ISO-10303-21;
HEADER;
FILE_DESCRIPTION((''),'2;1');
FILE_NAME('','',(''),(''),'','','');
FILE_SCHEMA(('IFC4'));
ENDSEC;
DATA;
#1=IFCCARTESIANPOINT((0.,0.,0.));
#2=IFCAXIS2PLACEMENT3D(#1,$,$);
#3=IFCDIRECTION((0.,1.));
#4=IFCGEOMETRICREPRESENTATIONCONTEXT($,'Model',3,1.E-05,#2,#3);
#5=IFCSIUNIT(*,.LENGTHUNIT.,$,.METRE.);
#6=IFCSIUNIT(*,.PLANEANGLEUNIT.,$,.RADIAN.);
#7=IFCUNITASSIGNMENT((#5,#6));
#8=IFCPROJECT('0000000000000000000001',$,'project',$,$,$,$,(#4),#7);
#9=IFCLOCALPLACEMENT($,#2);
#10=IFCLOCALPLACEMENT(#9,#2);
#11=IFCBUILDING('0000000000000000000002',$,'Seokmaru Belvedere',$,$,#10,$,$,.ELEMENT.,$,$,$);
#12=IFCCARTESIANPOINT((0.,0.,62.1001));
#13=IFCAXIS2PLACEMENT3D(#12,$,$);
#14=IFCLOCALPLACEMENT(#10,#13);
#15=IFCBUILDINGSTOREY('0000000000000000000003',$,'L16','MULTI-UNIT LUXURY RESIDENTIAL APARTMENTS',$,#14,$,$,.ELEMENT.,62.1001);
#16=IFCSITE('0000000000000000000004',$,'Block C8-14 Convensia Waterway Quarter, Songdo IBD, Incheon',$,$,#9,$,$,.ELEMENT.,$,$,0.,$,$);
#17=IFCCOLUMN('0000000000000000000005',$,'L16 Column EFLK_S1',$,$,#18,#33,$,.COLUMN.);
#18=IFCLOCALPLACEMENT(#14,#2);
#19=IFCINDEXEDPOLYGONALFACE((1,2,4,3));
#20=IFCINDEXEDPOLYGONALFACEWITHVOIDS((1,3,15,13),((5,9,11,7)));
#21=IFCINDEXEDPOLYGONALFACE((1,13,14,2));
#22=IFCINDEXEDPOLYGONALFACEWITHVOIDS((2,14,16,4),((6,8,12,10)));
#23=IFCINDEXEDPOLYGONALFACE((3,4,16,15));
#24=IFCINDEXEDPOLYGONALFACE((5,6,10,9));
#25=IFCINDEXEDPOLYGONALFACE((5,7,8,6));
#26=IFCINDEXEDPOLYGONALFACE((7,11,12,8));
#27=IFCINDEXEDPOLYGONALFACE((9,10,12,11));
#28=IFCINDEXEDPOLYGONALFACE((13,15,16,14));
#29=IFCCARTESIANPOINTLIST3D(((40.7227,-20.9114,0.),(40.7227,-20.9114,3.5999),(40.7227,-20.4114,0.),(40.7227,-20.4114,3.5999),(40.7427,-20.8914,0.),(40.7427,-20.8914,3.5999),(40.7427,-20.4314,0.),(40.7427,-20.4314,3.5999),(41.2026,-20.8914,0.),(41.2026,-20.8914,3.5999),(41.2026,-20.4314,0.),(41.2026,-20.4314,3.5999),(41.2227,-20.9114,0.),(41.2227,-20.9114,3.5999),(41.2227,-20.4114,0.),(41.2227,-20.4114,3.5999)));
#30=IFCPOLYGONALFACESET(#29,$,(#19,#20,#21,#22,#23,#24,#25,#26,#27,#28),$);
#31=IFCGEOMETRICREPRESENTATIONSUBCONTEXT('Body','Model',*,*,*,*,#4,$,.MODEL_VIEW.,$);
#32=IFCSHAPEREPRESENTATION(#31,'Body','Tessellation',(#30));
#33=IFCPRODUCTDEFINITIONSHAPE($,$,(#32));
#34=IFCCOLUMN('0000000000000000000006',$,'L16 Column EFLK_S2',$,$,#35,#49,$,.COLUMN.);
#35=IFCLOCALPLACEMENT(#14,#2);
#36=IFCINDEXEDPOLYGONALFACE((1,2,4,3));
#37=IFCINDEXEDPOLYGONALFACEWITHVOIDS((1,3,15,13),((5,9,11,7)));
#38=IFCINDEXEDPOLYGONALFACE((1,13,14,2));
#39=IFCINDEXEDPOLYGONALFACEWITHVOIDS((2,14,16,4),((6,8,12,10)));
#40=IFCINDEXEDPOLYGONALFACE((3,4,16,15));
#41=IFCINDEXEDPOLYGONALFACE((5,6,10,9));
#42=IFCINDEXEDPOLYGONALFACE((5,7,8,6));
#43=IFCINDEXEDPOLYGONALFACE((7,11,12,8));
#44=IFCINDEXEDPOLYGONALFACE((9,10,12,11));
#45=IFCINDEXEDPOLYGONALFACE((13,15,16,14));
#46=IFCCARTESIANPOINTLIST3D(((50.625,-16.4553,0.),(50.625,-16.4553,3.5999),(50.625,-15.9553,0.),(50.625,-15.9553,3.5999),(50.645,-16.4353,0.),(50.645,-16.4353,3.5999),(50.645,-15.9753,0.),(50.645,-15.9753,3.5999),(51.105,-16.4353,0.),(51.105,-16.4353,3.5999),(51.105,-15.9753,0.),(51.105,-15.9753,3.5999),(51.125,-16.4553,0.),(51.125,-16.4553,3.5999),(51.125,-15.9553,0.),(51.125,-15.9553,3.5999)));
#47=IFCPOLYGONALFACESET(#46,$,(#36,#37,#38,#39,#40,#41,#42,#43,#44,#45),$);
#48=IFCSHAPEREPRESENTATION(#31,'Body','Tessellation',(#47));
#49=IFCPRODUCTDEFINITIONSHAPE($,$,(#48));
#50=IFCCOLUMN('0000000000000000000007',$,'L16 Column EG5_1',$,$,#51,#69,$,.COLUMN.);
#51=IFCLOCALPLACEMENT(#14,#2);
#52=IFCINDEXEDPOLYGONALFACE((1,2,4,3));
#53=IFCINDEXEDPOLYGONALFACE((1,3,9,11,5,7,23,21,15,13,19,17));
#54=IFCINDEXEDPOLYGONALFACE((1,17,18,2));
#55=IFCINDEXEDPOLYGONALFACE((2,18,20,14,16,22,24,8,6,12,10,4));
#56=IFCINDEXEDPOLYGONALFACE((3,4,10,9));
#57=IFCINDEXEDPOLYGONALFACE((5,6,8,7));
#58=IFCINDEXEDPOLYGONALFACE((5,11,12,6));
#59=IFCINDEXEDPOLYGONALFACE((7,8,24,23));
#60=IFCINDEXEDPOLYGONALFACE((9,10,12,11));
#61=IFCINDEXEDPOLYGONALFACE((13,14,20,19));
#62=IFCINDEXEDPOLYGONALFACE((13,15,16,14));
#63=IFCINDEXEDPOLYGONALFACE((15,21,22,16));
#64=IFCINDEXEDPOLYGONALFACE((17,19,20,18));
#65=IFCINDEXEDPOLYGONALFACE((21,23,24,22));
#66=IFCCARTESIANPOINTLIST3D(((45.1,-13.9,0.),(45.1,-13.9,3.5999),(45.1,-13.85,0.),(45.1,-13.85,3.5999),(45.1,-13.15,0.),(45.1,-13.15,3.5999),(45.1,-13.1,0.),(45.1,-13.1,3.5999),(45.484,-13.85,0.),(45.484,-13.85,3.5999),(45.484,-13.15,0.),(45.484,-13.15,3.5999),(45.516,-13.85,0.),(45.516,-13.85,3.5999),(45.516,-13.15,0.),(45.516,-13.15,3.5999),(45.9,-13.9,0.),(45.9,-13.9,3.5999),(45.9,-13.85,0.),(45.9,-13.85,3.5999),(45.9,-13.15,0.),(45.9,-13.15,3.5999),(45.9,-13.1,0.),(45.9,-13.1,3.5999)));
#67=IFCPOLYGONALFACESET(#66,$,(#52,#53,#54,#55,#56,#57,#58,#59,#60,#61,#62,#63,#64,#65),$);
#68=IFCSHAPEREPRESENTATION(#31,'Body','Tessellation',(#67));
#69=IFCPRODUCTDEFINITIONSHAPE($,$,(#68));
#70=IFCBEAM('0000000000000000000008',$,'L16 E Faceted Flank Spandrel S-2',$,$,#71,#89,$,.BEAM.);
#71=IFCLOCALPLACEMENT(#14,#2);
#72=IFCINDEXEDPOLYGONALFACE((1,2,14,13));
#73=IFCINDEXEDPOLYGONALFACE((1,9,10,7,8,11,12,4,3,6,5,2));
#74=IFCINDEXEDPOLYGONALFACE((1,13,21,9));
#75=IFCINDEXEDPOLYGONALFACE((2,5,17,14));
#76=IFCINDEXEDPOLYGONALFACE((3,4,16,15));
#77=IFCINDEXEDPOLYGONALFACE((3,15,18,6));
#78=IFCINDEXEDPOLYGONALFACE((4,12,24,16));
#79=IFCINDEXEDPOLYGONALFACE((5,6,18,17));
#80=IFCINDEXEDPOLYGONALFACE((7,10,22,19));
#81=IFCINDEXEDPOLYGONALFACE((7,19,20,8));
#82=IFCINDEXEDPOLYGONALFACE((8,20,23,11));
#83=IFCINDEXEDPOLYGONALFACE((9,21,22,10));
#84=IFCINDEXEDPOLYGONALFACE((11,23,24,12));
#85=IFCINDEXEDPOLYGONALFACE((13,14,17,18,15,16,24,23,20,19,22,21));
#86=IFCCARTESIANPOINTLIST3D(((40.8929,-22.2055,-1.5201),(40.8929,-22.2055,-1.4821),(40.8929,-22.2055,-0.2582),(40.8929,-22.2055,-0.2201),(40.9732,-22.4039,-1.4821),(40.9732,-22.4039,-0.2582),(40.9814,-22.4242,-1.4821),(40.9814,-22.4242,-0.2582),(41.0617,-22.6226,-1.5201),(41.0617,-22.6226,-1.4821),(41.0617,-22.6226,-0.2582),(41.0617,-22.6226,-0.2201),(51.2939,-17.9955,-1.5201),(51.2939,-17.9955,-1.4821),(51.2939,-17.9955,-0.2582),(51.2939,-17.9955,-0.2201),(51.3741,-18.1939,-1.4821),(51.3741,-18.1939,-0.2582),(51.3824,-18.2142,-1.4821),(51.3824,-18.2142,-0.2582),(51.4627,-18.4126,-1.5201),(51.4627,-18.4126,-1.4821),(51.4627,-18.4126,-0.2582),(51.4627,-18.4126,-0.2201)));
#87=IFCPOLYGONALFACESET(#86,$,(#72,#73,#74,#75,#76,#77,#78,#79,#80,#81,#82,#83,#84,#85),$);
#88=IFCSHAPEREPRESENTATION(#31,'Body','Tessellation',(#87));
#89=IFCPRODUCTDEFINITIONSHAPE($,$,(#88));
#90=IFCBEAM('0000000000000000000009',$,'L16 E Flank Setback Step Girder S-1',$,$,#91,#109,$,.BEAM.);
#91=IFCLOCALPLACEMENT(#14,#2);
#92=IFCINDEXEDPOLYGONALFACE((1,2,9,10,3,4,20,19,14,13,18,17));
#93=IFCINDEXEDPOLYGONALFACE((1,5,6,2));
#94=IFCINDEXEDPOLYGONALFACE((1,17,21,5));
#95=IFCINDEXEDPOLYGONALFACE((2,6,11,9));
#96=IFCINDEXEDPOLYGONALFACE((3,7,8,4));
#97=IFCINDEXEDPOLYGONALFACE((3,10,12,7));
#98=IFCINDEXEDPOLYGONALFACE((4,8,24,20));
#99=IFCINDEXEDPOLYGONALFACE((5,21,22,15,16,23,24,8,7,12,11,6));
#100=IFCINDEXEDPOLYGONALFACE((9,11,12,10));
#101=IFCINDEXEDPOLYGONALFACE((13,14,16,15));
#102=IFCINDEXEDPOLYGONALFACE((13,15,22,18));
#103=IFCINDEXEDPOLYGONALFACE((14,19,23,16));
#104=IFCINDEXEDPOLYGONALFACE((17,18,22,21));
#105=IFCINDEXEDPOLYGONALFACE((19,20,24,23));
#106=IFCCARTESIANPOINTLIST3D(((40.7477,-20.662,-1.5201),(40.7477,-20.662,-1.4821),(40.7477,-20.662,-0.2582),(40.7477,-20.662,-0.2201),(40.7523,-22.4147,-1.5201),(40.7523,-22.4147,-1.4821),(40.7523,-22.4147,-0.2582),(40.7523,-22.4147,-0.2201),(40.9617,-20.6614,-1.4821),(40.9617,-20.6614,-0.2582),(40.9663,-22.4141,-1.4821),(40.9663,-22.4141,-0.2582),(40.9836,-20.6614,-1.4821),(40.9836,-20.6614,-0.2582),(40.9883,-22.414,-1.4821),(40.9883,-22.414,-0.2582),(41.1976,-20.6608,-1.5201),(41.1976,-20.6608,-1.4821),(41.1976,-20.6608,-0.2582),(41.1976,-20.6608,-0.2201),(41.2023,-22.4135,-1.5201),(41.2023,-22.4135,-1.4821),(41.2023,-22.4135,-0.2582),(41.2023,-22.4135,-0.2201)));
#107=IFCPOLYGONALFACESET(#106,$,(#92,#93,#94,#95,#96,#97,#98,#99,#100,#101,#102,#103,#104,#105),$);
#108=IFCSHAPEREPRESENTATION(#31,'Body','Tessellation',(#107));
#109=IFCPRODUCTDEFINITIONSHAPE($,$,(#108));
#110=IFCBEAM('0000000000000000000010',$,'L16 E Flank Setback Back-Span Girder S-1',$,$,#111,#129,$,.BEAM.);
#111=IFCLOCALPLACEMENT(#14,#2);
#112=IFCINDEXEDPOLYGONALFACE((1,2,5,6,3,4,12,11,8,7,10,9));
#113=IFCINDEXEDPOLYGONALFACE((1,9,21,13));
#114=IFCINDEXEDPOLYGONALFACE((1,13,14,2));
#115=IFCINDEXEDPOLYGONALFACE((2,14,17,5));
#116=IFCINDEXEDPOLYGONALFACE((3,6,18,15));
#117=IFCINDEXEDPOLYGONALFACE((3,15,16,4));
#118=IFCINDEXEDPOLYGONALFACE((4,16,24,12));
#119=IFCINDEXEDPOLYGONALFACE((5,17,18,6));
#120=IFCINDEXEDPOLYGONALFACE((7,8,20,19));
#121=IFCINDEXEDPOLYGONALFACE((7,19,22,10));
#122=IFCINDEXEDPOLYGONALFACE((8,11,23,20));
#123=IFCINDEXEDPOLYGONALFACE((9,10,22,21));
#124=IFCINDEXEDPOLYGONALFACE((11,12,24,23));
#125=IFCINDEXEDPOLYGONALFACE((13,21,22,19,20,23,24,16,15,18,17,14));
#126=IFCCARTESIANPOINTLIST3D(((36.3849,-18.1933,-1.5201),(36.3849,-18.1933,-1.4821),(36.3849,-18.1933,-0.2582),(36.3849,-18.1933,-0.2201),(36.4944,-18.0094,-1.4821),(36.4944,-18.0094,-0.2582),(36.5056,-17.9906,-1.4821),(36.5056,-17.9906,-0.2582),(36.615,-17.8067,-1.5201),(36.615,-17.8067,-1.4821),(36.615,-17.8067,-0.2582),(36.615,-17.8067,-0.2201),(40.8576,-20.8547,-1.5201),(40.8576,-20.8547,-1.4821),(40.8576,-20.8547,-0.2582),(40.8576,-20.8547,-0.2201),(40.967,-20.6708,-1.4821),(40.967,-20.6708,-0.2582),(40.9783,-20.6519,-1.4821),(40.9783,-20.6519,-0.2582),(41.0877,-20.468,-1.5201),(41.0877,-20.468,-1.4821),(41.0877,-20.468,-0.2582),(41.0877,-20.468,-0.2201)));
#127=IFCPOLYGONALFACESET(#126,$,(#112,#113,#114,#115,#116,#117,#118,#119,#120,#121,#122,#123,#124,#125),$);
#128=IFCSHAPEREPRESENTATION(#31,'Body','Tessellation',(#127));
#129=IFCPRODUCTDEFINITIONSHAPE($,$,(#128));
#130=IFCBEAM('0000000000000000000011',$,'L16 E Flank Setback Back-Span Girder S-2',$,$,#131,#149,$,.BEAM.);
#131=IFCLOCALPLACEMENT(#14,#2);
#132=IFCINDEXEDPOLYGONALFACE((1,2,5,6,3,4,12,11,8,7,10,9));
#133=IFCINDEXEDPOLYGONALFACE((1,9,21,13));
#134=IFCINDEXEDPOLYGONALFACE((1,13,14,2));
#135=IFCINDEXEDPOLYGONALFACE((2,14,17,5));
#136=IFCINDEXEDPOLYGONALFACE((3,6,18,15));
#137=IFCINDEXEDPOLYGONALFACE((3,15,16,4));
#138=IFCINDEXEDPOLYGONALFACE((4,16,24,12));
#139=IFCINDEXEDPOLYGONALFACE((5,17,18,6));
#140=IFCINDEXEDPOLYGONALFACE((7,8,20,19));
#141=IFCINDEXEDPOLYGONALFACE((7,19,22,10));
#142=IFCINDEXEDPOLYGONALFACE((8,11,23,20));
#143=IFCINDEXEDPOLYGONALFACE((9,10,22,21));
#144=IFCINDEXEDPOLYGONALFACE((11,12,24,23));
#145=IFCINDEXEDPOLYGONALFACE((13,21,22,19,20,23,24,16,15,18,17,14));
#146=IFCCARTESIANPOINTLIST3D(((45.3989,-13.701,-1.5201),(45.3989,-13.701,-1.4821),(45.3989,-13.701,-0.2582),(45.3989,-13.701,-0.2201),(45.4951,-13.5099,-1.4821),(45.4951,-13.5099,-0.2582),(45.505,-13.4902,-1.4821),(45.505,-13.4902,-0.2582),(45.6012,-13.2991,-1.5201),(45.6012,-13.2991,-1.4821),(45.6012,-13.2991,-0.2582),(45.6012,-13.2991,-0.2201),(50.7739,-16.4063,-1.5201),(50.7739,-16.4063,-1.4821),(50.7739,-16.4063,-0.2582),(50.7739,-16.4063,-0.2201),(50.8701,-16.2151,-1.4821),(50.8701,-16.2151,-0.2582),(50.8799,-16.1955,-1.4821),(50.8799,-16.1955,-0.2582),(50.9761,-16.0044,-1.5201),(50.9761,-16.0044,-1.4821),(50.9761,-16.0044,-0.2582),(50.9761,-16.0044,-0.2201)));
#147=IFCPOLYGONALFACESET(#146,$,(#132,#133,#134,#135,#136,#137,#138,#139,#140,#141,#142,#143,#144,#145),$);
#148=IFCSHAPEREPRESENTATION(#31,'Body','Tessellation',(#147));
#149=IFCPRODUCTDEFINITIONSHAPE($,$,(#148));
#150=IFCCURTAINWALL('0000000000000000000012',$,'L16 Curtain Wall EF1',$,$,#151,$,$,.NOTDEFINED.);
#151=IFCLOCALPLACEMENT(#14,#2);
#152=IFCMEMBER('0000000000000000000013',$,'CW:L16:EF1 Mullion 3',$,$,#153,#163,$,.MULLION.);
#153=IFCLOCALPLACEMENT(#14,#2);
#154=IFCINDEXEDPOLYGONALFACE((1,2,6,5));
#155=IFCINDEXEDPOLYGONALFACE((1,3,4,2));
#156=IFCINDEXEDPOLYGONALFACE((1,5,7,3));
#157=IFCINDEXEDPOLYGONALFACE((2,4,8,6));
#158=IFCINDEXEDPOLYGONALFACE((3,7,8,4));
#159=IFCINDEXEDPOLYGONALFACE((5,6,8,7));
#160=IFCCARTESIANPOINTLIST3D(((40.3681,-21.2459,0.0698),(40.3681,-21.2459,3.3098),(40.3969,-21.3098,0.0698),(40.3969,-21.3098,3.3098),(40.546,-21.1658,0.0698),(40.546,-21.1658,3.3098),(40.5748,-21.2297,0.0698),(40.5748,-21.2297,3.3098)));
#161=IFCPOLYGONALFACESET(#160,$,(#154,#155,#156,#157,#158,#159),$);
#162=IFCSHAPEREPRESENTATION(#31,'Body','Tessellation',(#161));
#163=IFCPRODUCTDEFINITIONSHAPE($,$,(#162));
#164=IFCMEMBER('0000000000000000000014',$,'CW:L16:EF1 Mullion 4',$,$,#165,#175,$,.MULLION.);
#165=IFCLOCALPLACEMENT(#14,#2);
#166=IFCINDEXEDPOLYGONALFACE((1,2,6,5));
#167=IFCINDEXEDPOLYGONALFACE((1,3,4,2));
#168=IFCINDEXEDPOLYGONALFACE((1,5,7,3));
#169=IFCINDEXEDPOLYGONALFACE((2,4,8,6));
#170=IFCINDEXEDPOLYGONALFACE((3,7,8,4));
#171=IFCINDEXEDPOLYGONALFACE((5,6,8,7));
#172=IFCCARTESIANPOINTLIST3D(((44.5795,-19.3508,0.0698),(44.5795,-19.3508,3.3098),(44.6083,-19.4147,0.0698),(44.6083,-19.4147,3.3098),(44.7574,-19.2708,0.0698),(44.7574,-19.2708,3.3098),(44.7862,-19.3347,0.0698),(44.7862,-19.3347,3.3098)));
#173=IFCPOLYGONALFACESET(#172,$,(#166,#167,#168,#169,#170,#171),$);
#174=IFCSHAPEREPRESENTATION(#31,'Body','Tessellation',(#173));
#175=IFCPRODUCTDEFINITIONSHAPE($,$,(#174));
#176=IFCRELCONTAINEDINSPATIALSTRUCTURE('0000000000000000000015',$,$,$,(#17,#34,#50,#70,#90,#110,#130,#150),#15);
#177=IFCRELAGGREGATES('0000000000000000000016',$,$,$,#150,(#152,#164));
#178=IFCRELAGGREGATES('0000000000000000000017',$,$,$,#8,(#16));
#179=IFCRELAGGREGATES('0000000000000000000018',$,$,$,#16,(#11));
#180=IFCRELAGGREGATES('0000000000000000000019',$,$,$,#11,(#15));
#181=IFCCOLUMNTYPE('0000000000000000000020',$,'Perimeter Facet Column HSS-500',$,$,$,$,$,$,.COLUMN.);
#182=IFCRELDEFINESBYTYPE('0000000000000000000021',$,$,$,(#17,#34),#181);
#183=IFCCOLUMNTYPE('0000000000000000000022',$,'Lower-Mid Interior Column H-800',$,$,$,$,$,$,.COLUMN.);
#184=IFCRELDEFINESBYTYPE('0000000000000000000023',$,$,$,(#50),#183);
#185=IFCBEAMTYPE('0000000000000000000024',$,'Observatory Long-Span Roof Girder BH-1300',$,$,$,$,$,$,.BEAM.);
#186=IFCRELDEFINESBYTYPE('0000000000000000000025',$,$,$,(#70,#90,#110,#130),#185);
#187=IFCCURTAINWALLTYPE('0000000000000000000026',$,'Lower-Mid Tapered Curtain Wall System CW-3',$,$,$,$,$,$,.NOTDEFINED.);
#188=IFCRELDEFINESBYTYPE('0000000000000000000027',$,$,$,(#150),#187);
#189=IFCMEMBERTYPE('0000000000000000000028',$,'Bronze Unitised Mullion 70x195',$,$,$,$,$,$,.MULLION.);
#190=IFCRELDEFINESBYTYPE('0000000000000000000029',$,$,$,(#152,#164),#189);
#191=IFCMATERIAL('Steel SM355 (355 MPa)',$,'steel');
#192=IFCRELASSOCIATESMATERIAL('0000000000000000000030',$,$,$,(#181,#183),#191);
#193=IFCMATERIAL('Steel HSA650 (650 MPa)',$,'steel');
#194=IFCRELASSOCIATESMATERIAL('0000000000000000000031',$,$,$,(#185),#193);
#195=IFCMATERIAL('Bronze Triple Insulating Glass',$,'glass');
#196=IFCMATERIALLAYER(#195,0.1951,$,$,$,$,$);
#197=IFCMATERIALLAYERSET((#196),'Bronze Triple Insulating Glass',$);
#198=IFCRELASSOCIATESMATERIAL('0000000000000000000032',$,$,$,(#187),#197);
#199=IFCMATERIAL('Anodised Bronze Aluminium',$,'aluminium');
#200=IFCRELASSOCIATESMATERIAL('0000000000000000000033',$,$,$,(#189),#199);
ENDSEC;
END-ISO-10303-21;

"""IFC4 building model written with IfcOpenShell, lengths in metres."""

from ifc_helpers import new_model, si_unit, direction, frame, origin, origin_2d, place, context, subcontext, project, spatial, rectangle, hollow_rectangle, i_section, extrude, source, transform, mapped, material, layer, layer_set, material_profile, profile_set, type_object, type_shapes, element, aggregate, save


model = new_model("IFC4")

# Units and contexts
model_context = context("Model", 3, precision=1e-05, world=origin(), true_north=direction((0.0, 1.0)))
body_context = subcontext(model_context, "Body", "Model", "MODEL_VIEW")
ifc_project = project(units=[si_unit("LENGTHUNIT", "METRE"), si_unit("PLANEANGLEUNIT", "RADIAN")], contexts=[model_context])

# Site, building, storey
site_placement = place(None, origin())
site = spatial("IfcSite", under=ifc_project, at=site_placement, Name="Block C8-14 Convensia Waterway Quarter, Songdo IBD, Incheon", CompositionType="ELEMENT", RefElevation=0.0)
building_placement = place(site_placement, origin())
building = spatial("IfcBuilding", under=site, at=building_placement, Name="Seokmaru Belvedere", CompositionType="ELEMENT")
storey_placement = place(building_placement, frame((0.0, 0.0, 62.1001)))
storey = spatial("IfcBuildingStorey", under=building, at=storey_placement, Name="L16", Description="MULTI-UNIT LUXURY RESIDENTIAL APARTMENTS", CompositionType="ELEMENT", Elevation=62.1001)

# Columns
ifc_material_1 = material(Name="Steel SM355 (355 MPa)", Category="steel")
ifc_material_profile_1 = material_profile(ifc_material_1, hollow_rectangle(XDim=0.5, YDim=0.5, WallThickness=0.02, at=origin_2d()), Name="HSS-500x500x20")
ifc_profile_set_1 = profile_set([ifc_material_profile_1], Name="Steel SM355 (355 MPa)")
column_type_1 = type_object("IfcColumnType", Name="Perimeter Facet Column HSS-500", PredefinedType="COLUMN", material=ifc_profile_set_1)
shared_shape_1 = source(origin(), body_context, "Body", "SweptSolid", [
    extrude(hollow_rectangle(XDim=0.5, YDim=0.5, WallThickness=0.02, at=origin_2d()), origin(), (0.0, 0.0, 1.0), 3.5999),
])
type_shapes(column_type_1, [shared_shape_1])
for number, where, z_axis, x_axis, name in (
    (1, (40.9727, -20.6614, 0.0), (0.0, 0.0, 1.0), (1.0, 0.0, 0.0), "L16 Column EFLK_S1"),
    (2, (50.875, -16.2053, 0.0), (0.0, 0.0, 1.0), (1.0, 0.0, 0.0), "L16 Column EFLK_S2"),
):
    element("IfcColumn", number, at=place(storey_placement, frame(where, z_axis=z_axis, x_axis=x_axis)), inside=storey, type_object=column_type_1, Name=name, PredefinedType="COLUMN", context=body_context, shape_type="MappedRepresentation", body=[
        mapped(shared_shape_1, transform((0.0, 0.0, 0.0), scale=1.0)),
    ])
ifc_material_profile_2 = material_profile(ifc_material_1, i_section(OverallWidth=0.8, OverallDepth=0.8, WebThickness=0.032, FlangeThickness=0.05, at=origin_2d()), Name="H-800x800x32x50")
ifc_profile_set_2 = profile_set([ifc_material_profile_2], Name="Steel SM355 (355 MPa)")
column_type_2 = type_object("IfcColumnType", Name="Lower-Mid Interior Column H-800", PredefinedType="COLUMN", material=ifc_profile_set_2)
shared_shape_2 = source(origin(), body_context, "Body", "SweptSolid", [
    extrude(i_section(OverallWidth=0.8, OverallDepth=0.8, WebThickness=0.032, FlangeThickness=0.05, at=origin_2d()), origin(), (0.0, 0.0, 1.0), 3.5999),
])
type_shapes(column_type_2, [shared_shape_2])
column_placement = place(storey_placement, frame((45.5, -13.5, 0.0), z_axis=(0.0, 0.0, 1.0), x_axis=(1.0, 0.0, 0.0)))
element("IfcColumn", 3, at=column_placement, inside=storey, type_object=column_type_2, Name="L16 Column EG5_1", PredefinedType="COLUMN", context=body_context, shape_type="MappedRepresentation", body=[
    mapped(shared_shape_2, transform((0.0, 0.0, 0.0), scale=1.0)),
])

# Beams
ifc_material_2 = material(Name="Steel HSA650 (650 MPa)", Category="steel")
ifc_material_profile_3 = material_profile(ifc_material_2, i_section(OverallWidth=0.45, OverallDepth=1.3, WebThickness=0.022, FlangeThickness=0.0381, at=origin_2d()), Name="BH-1300x450x22x38")
ifc_profile_set_3 = profile_set([ifc_material_profile_3], Name="Steel HSA650 (650 MPa)")
beam_type = type_object("IfcBeamType", Name="Observatory Long-Span Roof Girder BH-1300", PredefinedType="BEAM", material=ifc_profile_set_3)
shared_shape_3 = source(origin(), body_context, "Body", "SweptSolid", [
    extrude(i_section(OverallWidth=0.45, OverallDepth=1.3, WebThickness=0.022, FlangeThickness=0.0381, at=origin_2d()), origin(), (0.0, 0.0, 1.0), 11.2207),
])
beam_1_placement = place(storey_placement, frame((40.9773, -22.4141, -0.8701), z_axis=(0.926944, 0.375199, 0.0), x_axis=(-0.375199, 0.926944, 0.0)))
element("IfcBeam", 4, at=beam_1_placement, inside=storey, type_object=beam_type, Name="L16 E Faceted Flank Spandrel S-2", PredefinedType="BEAM", context=body_context, shape_type="MappedRepresentation", body=[
    mapped(shared_shape_3, transform((0.0, 0.0, 0.0), scale=1.0)),
])
shared_shape_4 = source(origin(), body_context, "Body", "SweptSolid", [
    extrude(i_section(OverallWidth=0.45, OverallDepth=1.3, WebThickness=0.022, FlangeThickness=0.0381, at=origin_2d()), origin(), (0.0, 0.0, 1.0), 1.7527),
])
beam_2_placement = place(storey_placement, frame((40.9773, -22.4141, -0.8701), z_axis=(-0.002647, 0.999996, 0.0), x_axis=(-0.999996, -0.002647, 0.0)))
element("IfcBeam", 5, at=beam_2_placement, inside=storey, type_object=beam_type, Name="L16 E Flank Setback Step Girder S-1", PredefinedType="BEAM", context=body_context, shape_type="MappedRepresentation", body=[
    mapped(shared_shape_4, transform((0.0, 0.0, 0.0), scale=1.0)),
])
shared_shape_5 = source(origin(), body_context, "Body", "SweptSolid", [
    extrude(i_section(OverallWidth=0.45, OverallDepth=1.3, WebThickness=0.022, FlangeThickness=0.0381, at=origin_2d()), origin(), (0.0, 0.0, 1.0), 5.2046),
])
beam_3_placement = place(storey_placement, frame((40.9727, -20.6614, -0.8701), z_axis=(-0.85937, 0.511354, 0.0), x_axis=(-0.511354, -0.85937, 0.0)))
element("IfcBeam", 6, at=beam_3_placement, inside=storey, type_object=beam_type, Name="L16 E Flank Setback Back-Span Girder S-1", PredefinedType="BEAM", context=body_context, shape_type="MappedRepresentation", body=[
    mapped(shared_shape_5, transform((0.0, 0.0, 0.0), scale=1.0)),
])
shared_shape_6 = source(origin(), body_context, "Body", "SweptSolid", [
    extrude(i_section(OverallWidth=0.45, OverallDepth=1.3, WebThickness=0.022, FlangeThickness=0.0381, at=origin_2d()), origin(), (0.0, 0.0, 1.0), 6.0173),
])
type_shapes(beam_type, [shared_shape_3, shared_shape_4, shared_shape_5, shared_shape_6])
beam_4_placement = place(storey_placement, frame((50.875, -16.2053, -0.8701), z_axis=(-0.893239, 0.449581, 0.0), x_axis=(-0.449581, -0.893239, 0.0)))
element("IfcBeam", 7, at=beam_4_placement, inside=storey, type_object=beam_type, Name="L16 E Flank Setback Back-Span Girder S-2", PredefinedType="BEAM", context=body_context, shape_type="MappedRepresentation", body=[
    mapped(shared_shape_6, transform((0.0, 0.0, 0.0), scale=1.0)),
])

# Curtain wall, members
ifc_material_3 = material(Name="Bronze Triple Insulating Glass", Category="glass")
ifc_layer_1 = layer(ifc_material_3, 0.1951)
ifc_layer_set_1 = layer_set([ifc_layer_1], Name="Bronze Triple Insulating Glass")
curtain_wall_type = type_object("IfcCurtainWallType", Name="Lower-Mid Tapered Curtain Wall System CW-3", PredefinedType="NOTDEFINED", material=ifc_layer_set_1)
curtain_wall_placement = place(storey_placement, origin())
curtain_wall = element("IfcCurtainWall", 8, at=curtain_wall_placement, inside=storey, type_object=curtain_wall_type, Name="L16 Curtain Wall EF1", PredefinedType="NOTDEFINED")
ifc_material_4 = material(Name="Anodised Bronze Aluminium", Category="aluminium")
ifc_material_profile_4 = material_profile(ifc_material_4, rectangle(XDim=0.0701, YDim=0.1951, at=origin_2d()), Name="CW-M-70x195")
ifc_profile_set_4 = profile_set([ifc_material_profile_4], Name="Anodised Bronze Aluminium")
member_type = type_object("IfcMemberType", Name="Bronze Unitised Mullion 70x195", PredefinedType="MULLION", material=ifc_profile_set_4)
shared_shape_7 = source(origin(), body_context, "Body", "SweptSolid", [
    extrude(rectangle(XDim=0.0701, YDim=0.1951, at=origin_2d()), origin(), (0.0, 0.0, 1.0), 3.24),
])
type_shapes(member_type, [shared_shape_7])
member_1_placement = place(storey_placement, frame((40.4714, -21.2378, 0.0698), z_axis=(0.0, 0.0, 1.0), x_axis=(-0.410366, 0.911921, 0.0)))
member_1 = element("IfcMember", 9, at=member_1_placement, type_object=member_type, Name="CW:L16:EF1 Mullion 3", PredefinedType="MULLION", context=body_context, shape_type="MappedRepresentation", body=[
    mapped(shared_shape_7, transform((0.0, 0.0, 0.0), scale=1.0)),
])
member_2_placement = place(storey_placement, frame((44.6829, -19.3428, 0.0698), z_axis=(0.0, 0.0, 1.0), x_axis=(-0.410366, 0.911921, 0.0)))
member_2 = element("IfcMember", 10, at=member_2_placement, type_object=member_type, Name="CW:L16:EF1 Mullion 4", PredefinedType="MULLION", context=body_context, shape_type="MappedRepresentation", body=[
    mapped(shared_shape_7, transform((0.0, 0.0, 0.0), scale=1.0)),
])
aggregate(curtain_wall, [member_1, member_2])

save(model, "model.ifc")
